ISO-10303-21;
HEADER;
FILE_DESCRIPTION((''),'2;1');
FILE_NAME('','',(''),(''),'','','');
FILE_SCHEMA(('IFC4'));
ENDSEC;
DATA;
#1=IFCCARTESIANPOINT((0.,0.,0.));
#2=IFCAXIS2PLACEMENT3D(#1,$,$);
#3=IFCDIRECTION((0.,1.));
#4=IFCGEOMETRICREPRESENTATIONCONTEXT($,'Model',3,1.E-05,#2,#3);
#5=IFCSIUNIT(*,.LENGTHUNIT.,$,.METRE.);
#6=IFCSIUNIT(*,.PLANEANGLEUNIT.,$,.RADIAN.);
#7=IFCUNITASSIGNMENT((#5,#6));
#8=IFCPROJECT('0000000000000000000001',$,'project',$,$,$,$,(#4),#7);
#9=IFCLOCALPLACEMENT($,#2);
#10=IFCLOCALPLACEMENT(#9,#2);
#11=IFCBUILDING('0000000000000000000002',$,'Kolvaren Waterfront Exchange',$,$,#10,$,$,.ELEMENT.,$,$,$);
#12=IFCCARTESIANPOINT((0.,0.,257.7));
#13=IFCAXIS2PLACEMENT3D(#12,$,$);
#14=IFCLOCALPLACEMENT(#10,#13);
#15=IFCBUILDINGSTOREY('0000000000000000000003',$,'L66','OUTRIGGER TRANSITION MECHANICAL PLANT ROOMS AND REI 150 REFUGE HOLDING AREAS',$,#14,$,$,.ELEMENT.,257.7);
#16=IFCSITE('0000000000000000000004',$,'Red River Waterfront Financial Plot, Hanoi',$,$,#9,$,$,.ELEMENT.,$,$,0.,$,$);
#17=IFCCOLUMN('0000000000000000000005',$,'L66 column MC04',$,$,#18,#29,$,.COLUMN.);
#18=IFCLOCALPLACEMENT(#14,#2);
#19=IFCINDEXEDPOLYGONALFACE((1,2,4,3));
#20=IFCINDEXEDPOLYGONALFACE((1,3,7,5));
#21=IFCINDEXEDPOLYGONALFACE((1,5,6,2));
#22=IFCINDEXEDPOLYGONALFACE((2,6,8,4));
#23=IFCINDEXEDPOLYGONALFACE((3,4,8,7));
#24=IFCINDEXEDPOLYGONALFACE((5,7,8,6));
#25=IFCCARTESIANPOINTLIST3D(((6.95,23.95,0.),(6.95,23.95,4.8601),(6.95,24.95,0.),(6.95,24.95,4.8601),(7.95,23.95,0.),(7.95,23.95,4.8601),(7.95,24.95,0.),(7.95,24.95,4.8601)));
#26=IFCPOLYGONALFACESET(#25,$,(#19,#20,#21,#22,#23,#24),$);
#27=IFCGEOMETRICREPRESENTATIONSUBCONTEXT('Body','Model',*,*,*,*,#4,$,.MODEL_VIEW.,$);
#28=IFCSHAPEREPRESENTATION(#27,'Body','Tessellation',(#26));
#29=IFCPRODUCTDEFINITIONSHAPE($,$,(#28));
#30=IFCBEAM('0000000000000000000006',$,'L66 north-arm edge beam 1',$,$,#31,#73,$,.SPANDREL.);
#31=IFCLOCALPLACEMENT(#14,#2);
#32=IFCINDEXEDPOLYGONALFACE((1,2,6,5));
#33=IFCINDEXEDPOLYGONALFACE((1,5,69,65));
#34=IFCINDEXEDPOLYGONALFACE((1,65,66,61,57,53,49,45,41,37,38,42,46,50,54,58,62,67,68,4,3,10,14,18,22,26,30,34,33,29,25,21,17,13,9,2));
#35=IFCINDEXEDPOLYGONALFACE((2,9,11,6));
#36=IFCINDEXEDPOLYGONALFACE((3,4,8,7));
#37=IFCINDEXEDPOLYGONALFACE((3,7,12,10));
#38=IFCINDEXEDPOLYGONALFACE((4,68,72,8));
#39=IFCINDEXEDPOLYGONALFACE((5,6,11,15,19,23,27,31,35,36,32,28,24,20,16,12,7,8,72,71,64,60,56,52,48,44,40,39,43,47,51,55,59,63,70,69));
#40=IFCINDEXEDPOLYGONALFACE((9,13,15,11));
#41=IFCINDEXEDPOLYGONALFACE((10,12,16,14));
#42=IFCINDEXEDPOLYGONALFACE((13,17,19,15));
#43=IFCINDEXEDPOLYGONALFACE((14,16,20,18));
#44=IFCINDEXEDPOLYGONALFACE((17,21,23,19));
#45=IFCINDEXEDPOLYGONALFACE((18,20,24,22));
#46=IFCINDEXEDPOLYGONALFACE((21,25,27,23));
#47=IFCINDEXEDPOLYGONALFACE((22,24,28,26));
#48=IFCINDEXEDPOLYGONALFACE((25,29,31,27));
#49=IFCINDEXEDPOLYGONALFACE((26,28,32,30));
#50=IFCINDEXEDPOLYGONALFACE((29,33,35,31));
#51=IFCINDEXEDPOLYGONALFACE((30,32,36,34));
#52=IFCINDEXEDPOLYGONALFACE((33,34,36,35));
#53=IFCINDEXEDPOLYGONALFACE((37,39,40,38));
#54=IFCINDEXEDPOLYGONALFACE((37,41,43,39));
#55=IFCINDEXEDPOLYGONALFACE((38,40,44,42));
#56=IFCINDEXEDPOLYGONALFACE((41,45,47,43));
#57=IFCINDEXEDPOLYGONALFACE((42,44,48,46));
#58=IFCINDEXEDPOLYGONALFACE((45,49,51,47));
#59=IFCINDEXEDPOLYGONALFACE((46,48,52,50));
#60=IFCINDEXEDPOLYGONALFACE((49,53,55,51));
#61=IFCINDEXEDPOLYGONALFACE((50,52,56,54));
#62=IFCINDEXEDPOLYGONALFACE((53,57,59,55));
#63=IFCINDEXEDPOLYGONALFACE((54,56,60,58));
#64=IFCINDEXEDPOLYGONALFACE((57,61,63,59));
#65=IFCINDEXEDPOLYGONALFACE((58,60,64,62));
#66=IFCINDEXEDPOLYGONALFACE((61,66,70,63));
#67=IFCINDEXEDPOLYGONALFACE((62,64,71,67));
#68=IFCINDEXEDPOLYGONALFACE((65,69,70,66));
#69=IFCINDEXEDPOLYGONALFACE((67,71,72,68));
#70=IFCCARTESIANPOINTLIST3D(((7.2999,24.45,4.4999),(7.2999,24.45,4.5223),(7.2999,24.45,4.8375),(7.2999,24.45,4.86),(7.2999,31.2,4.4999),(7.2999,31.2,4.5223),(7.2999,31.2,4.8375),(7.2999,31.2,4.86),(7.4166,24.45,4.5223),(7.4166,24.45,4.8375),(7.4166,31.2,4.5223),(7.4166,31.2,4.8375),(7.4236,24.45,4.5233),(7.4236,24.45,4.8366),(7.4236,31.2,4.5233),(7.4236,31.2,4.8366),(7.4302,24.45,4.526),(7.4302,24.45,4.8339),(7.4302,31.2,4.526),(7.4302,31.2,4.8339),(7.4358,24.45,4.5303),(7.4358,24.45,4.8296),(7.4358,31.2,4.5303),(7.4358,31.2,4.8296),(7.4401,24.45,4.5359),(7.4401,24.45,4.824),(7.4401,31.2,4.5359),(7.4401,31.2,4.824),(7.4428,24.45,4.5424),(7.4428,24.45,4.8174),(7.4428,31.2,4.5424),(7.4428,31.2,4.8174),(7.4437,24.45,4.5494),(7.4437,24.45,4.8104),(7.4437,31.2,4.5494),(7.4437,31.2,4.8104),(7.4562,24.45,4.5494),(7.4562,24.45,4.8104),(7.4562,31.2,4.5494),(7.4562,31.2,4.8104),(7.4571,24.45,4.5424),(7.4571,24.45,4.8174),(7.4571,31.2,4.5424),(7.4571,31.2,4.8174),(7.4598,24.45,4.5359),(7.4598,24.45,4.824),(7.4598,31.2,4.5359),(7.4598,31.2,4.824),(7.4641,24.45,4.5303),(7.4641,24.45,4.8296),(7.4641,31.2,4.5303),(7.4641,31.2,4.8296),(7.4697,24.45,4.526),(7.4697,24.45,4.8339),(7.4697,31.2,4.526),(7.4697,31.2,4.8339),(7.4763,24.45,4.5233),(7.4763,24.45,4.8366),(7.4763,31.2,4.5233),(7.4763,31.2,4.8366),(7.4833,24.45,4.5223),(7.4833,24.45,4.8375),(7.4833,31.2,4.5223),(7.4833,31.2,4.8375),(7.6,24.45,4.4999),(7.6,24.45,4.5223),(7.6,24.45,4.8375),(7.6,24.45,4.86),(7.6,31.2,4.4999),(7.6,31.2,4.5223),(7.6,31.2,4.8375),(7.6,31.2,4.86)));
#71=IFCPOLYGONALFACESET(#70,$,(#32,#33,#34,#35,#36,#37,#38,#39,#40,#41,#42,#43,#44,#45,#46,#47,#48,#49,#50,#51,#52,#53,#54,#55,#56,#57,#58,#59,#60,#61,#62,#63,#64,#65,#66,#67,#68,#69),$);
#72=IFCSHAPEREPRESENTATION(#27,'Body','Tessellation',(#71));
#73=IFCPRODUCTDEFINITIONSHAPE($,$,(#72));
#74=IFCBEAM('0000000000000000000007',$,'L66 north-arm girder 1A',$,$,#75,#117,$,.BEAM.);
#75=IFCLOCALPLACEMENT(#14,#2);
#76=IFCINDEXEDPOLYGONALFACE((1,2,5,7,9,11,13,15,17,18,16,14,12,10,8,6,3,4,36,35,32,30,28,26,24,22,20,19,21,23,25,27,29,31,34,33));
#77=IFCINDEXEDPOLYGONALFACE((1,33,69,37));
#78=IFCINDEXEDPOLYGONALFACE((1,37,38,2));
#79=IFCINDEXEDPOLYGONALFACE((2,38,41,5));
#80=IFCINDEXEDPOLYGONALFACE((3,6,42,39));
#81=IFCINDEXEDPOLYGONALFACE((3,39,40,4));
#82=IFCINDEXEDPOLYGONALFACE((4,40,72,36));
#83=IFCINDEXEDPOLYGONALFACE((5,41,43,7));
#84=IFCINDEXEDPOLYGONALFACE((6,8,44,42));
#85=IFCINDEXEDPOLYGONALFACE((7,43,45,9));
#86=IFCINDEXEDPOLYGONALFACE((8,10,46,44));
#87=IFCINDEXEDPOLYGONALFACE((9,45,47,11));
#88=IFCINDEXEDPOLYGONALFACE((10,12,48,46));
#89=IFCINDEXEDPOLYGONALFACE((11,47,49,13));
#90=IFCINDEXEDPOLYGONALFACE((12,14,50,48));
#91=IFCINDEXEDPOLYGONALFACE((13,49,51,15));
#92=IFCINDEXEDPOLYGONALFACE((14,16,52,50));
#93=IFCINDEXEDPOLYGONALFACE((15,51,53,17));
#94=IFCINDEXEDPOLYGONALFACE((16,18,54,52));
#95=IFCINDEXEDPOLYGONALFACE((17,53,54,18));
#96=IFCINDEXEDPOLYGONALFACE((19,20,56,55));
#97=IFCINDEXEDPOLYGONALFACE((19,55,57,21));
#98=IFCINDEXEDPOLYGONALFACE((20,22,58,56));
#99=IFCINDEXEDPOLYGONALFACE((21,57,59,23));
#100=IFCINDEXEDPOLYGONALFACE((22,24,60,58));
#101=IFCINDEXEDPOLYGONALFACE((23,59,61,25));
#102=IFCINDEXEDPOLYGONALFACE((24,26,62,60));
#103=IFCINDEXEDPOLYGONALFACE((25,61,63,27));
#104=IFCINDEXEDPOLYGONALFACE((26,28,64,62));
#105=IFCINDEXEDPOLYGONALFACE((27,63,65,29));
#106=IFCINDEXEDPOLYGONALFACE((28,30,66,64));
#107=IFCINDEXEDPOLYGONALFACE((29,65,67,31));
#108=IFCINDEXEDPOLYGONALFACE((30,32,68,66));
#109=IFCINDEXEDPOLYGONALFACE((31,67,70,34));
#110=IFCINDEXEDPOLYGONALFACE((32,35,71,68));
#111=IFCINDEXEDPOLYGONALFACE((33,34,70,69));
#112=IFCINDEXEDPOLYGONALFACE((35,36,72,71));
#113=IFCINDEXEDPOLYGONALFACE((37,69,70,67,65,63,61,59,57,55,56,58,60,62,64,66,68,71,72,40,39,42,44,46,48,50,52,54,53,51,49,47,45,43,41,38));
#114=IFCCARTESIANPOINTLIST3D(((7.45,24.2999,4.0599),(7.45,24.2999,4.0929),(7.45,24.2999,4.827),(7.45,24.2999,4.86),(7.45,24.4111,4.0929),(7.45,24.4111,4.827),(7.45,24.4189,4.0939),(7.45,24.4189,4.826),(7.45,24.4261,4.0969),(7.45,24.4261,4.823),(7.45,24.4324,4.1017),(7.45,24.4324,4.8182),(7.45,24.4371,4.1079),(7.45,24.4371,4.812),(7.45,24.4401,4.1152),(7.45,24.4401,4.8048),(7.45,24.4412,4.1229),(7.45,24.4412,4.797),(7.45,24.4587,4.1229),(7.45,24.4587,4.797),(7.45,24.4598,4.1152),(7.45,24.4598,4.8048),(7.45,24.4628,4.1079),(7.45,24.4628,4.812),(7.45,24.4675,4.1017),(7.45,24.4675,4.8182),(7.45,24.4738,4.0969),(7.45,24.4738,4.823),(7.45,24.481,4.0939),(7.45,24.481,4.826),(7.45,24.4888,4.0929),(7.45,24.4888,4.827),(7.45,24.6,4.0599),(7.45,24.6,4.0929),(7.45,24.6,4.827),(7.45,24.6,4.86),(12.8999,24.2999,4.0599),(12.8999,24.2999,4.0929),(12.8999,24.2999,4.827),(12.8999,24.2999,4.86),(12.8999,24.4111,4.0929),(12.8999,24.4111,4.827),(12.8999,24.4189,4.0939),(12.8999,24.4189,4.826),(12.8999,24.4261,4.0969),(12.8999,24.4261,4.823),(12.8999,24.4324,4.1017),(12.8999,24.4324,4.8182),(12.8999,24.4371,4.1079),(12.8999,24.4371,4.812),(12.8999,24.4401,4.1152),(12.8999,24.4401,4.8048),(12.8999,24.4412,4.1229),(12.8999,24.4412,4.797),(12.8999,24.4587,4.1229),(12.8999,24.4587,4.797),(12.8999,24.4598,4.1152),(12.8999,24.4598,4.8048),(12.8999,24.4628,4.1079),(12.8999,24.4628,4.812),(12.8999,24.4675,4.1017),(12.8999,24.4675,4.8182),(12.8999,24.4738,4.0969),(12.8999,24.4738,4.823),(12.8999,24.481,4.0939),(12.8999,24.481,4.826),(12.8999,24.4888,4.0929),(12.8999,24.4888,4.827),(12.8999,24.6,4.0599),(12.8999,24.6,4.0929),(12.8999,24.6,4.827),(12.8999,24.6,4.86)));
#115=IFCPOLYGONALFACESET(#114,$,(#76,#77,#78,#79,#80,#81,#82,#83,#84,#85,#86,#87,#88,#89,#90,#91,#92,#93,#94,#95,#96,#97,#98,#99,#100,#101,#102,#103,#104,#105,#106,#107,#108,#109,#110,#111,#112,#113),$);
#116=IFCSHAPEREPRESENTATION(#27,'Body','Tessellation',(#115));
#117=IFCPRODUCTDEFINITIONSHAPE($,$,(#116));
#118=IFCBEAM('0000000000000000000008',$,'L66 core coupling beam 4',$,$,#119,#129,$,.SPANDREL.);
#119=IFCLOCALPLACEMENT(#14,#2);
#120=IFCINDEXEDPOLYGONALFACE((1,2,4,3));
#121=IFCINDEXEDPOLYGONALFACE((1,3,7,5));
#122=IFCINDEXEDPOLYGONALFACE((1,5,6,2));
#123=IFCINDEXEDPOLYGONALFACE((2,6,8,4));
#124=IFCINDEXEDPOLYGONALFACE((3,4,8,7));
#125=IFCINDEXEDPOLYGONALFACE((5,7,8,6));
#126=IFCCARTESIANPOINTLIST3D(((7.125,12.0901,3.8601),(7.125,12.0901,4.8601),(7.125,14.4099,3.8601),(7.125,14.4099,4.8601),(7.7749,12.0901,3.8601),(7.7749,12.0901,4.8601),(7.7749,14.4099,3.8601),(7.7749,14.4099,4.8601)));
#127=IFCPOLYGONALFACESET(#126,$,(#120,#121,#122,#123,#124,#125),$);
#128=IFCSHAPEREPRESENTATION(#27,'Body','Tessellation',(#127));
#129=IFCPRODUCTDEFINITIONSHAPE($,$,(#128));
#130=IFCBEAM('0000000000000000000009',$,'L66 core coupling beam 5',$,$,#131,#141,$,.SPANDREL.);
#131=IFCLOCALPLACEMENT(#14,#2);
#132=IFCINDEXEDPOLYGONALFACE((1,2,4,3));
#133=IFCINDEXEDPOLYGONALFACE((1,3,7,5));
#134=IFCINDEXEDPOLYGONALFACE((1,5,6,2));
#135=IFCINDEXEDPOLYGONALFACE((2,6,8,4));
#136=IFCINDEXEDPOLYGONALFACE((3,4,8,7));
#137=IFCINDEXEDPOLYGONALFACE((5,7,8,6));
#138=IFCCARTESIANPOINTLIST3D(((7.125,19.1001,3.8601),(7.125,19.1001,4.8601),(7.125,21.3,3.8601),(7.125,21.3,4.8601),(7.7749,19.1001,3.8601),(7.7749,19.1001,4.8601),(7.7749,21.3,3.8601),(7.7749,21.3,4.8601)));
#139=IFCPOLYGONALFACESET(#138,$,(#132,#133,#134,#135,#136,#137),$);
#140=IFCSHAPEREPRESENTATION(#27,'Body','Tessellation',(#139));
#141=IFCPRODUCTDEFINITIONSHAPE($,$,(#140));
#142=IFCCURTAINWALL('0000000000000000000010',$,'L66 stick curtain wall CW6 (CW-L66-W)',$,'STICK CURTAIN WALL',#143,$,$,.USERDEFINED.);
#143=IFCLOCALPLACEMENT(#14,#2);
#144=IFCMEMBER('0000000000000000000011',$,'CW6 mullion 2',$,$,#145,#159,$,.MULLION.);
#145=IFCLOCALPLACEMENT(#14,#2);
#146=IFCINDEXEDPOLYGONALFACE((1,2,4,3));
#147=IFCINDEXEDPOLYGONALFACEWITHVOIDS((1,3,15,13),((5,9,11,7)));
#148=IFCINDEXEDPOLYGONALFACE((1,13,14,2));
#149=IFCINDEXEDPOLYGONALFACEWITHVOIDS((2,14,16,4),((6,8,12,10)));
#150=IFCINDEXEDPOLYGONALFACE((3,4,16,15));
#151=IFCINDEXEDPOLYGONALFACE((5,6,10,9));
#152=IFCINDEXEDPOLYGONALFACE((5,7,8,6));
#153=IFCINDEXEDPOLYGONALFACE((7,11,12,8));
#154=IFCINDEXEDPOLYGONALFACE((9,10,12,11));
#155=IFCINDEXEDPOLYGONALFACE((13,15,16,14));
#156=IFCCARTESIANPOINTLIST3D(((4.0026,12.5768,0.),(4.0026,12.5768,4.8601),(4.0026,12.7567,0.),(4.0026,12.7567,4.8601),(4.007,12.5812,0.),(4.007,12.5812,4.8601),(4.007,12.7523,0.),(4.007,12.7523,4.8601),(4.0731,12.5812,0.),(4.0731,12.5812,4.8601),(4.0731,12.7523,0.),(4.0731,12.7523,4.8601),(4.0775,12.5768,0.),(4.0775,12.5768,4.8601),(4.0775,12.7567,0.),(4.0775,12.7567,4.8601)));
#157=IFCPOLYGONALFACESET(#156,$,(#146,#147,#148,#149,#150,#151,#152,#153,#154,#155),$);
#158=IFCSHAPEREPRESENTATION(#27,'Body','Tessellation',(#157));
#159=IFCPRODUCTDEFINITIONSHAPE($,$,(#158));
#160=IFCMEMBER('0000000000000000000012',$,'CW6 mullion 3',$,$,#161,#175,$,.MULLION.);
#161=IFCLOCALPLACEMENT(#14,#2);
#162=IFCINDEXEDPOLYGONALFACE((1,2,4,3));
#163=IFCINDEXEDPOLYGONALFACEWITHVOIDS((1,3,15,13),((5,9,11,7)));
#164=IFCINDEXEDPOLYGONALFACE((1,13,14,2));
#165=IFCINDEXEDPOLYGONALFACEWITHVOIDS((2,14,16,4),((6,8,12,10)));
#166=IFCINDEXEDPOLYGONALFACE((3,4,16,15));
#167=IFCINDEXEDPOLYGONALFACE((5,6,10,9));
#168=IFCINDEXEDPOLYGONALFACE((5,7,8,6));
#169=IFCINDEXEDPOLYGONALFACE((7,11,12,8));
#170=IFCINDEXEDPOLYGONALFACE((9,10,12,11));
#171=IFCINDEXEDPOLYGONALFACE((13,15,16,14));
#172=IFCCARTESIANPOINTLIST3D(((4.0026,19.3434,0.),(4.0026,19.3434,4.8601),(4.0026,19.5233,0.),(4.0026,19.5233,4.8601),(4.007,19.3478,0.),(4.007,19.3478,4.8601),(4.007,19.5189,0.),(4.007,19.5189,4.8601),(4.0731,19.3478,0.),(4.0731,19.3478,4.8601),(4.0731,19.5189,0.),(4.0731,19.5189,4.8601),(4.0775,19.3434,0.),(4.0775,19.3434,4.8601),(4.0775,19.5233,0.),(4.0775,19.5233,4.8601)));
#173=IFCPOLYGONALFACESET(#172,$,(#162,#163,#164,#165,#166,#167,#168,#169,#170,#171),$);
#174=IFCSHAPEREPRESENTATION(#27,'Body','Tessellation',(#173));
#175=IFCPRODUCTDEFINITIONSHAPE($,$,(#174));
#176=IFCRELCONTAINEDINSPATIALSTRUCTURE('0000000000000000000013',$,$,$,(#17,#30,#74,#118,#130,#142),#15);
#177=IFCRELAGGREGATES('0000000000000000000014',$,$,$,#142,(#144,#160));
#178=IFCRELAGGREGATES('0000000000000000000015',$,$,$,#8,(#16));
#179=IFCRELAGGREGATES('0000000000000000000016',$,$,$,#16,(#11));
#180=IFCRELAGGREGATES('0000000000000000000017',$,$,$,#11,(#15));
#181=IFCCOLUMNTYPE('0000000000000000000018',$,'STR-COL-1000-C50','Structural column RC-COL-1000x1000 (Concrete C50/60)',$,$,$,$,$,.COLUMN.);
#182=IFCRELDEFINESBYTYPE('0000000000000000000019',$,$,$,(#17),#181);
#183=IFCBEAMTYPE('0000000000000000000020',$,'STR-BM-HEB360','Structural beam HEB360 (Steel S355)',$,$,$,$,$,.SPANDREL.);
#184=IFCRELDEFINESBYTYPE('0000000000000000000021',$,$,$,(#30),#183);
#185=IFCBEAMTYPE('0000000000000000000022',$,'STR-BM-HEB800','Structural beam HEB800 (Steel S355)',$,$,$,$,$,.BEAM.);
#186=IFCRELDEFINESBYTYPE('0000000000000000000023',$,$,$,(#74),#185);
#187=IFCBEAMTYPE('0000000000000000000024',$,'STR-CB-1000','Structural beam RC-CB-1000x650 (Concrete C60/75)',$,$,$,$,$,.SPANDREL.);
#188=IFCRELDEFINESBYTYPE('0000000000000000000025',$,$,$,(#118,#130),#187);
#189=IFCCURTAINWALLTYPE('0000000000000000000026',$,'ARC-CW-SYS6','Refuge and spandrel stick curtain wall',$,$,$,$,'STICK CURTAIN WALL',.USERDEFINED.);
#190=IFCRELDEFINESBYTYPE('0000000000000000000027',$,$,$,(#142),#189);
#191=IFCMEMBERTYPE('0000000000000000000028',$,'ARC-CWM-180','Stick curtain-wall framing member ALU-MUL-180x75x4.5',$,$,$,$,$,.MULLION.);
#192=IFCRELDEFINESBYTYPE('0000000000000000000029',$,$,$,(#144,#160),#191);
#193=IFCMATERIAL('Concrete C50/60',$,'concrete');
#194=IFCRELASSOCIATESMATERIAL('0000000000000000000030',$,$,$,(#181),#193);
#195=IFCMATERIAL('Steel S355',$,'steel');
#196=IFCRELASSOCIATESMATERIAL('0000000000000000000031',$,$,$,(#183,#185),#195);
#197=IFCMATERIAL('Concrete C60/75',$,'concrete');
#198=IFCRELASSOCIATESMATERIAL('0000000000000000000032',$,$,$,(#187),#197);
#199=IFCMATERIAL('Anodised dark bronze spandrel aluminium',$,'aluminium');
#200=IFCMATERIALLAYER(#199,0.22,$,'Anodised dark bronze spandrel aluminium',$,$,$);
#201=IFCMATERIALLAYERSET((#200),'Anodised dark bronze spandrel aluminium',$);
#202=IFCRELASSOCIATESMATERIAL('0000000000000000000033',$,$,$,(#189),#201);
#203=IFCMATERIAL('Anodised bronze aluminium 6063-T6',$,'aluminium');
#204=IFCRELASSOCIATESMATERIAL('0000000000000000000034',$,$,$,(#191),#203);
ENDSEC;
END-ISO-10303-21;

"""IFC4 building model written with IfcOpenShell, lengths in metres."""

from ifc_helpers import new_model, si_unit, direction, frame, origin, origin_with_axes, origin_2d, place, context, subcontext, project, spatial, rectangle, hollow_rectangle, i_section, extrude, source, transform, mapped, material, layer, layer_set, material_profile, profile_set, type_object, element, aggregate, save


model = new_model("IFC4")

# Units and contexts
model_context = context("Model", 3, precision=1e-05, world=origin(), true_north=direction((0.0, 1.0)))
body_context = subcontext(model_context, "Body", "Model", "MODEL_VIEW")
ifc_project = project(units=[si_unit("LENGTHUNIT", "METRE"), si_unit("PLANEANGLEUNIT", "RADIAN")], contexts=[model_context])

# Site, building, storey
site_placement = place(None, origin())
site = spatial("IfcSite", under=ifc_project, at=site_placement, Name="Red River Waterfront Financial Plot, Hanoi", CompositionType="ELEMENT", RefElevation=0.0)
building_placement = place(site_placement, origin())
building = spatial("IfcBuilding", under=site, at=building_placement, Name="Kolvaren Waterfront Exchange", CompositionType="ELEMENT")
storey_placement = place(building_placement, frame((0.0, 0.0, 257.7)))
storey = spatial("IfcBuildingStorey", under=building, at=storey_placement, Name="L66", Description="OUTRIGGER TRANSITION MECHANICAL PLANT ROOMS AND REI 150 REFUGE HOLDING AREAS", CompositionType="ELEMENT", Elevation=257.7)

# Column
ifc_material_1 = material(Name="Concrete C50/60", Category="concrete")
ifc_material_profile_1 = material_profile(ifc_material_1, rectangle(XDim=1.0, YDim=1.0, at=origin_2d()), Name="RC-COL-1000x1000")
ifc_profile_set_1 = profile_set([ifc_material_profile_1], Name="Concrete C50/60")
column_type = type_object("IfcColumnType", Name="STR-COL-1000-C50", Description="Structural column RC-COL-1000x1000 (Concrete C50/60)", PredefinedType="COLUMN", material=ifc_profile_set_1)
column_placement = place(storey_placement, frame((7.45, 24.45, 0.0), z_axis=(0.0, 0.0, 1.0), x_axis=(1.0, 0.0, 0.0)))
element("IfcColumn", 1, at=column_placement, inside=storey, type_object=column_type, Name="L66 column MC04", PredefinedType="COLUMN", context=body_context, shape_type="SweptSolid", body=[
    extrude(rectangle(XDim=1.0, YDim=1.0, at=origin_2d()), origin(), (0.0, 0.0, 1.0), 4.8601),
])

# Beams
ifc_material_2 = material(Name="Steel S355", Category="steel")
ifc_material_profile_2 = material_profile(ifc_material_2, i_section(OverallWidth=0.3, OverallDepth=0.3601, WebThickness=0.0125, FlangeThickness=0.0225, FilletRadius=0.0271, at=origin_2d()), Name="HEB360")
ifc_profile_set_2 = profile_set([ifc_material_profile_2], Name="Steel S355")
beam_type_1 = type_object("IfcBeamType", Name="STR-BM-HEB360", Description="Structural beam HEB360 (Steel S355)", PredefinedType="SPANDREL", material=ifc_profile_set_2)
beam_1_placement = place(storey_placement, frame((7.45, 24.45, 4.6799), z_axis=(0.0, 1.0, 0.0), x_axis=(-1.0, 0.0, 0.0)))
element("IfcBeam", 2, at=beam_1_placement, inside=storey, type_object=beam_type_1, Name="L66 north-arm edge beam 1", PredefinedType="SPANDREL", context=body_context, shape_type="SweptSolid", body=[
    extrude(i_section(OverallWidth=0.3, OverallDepth=0.3601, WebThickness=0.0125, FlangeThickness=0.0225, FilletRadius=0.0271, at=origin_2d()), origin(), (0.0, 0.0, 1.0), 6.75),
])
ifc_material_profile_3 = material_profile(ifc_material_2, i_section(OverallWidth=0.3, OverallDepth=0.8, WebThickness=0.0176, FlangeThickness=0.033, FilletRadius=0.03, at=origin_2d()), Name="HEB800")
ifc_profile_set_3 = profile_set([ifc_material_profile_3], Name="Steel S355")
beam_type_2 = type_object("IfcBeamType", Name="STR-BM-HEB800", Description="Structural beam HEB800 (Steel S355)", PredefinedType="BEAM", material=ifc_profile_set_3)
beam_2_placement = place(storey_placement, frame((7.45, 24.45, 4.46), z_axis=(1.0, 0.0, 0.0), x_axis=(0.0, 1.0, 0.0)))
element("IfcBeam", 3, at=beam_2_placement, inside=storey, type_object=beam_type_2, Name="L66 north-arm girder 1A", PredefinedType="BEAM", context=body_context, shape_type="SweptSolid", body=[
    extrude(i_section(OverallWidth=0.3, OverallDepth=0.8, WebThickness=0.0176, FlangeThickness=0.033, FilletRadius=0.03, at=origin_2d()), origin(), (0.0, 0.0, 1.0), 5.45),
])
ifc_material_3 = material(Name="Concrete C60/75", Category="concrete")
ifc_material_profile_4 = material_profile(ifc_material_3, rectangle(XDim=0.6499, YDim=1.0, at=origin_2d()), Name="RC-CB-1000x650")
ifc_profile_set_4 = profile_set([ifc_material_profile_4], Name="Concrete C60/75")
beam_type_3 = type_object("IfcBeamType", Name="STR-CB-1000", Description="Structural beam RC-CB-1000x650 (Concrete C60/75)", PredefinedType="SPANDREL", material=ifc_profile_set_4)
beam_3_placement = place(storey_placement, frame((7.45, 12.0901, 4.3601), z_axis=(0.0, 1.0, 0.0), x_axis=(-1.0, 0.0, 0.0)))
element("IfcBeam", 4, at=beam_3_placement, inside=storey, type_object=beam_type_3, Name="L66 core coupling beam 4", PredefinedType="SPANDREL", context=body_context, shape_type="SweptSolid", body=[
    extrude(rectangle(XDim=0.6499, YDim=1.0, at=origin_2d()), origin(), (0.0, 0.0, 1.0), 2.3198),
])
beam_4_placement = place(storey_placement, frame((7.45, 19.1001, 4.3601), z_axis=(0.0, 1.0, 0.0), x_axis=(-1.0, 0.0, 0.0)))
element("IfcBeam", 5, at=beam_4_placement, inside=storey, type_object=beam_type_3, Name="L66 core coupling beam 5", PredefinedType="SPANDREL", context=body_context, shape_type="SweptSolid", body=[
    extrude(rectangle(XDim=0.6499, YDim=1.0, at=origin_2d()), origin(), (0.0, 0.0, 1.0), 2.2),
])

# Curtain wall, members
ifc_material_4 = material(Name="Anodised dark bronze spandrel aluminium", Category="aluminium")
ifc_layer_1 = layer(ifc_material_4, 0.22, Name="Anodised dark bronze spandrel aluminium")
ifc_layer_set_1 = layer_set([ifc_layer_1], Name="Anodised dark bronze spandrel aluminium")
curtain_wall_type = type_object("IfcCurtainWallType", Name="ARC-CW-SYS6", Description="Refuge and spandrel stick curtain wall", ElementType="STICK CURTAIN WALL", PredefinedType="USERDEFINED", material=ifc_layer_set_1)
curtain_wall_placement = place(storey_placement, origin())
curtain_wall = element("IfcCurtainWall", 6, at=curtain_wall_placement, inside=storey, type_object=curtain_wall_type, Name="L66 stick curtain wall CW6 (CW-L66-W)", ObjectType="STICK CURTAIN WALL", PredefinedType="USERDEFINED")
ifc_material_5 = material(Name="Anodised bronze aluminium 6063-T6", Category="aluminium")
ifc_material_profile_5 = material_profile(ifc_material_5, hollow_rectangle(XDim=0.075, YDim=0.1799, WallThickness=0.0044, at=origin_2d()), Name="ALU-MUL-180x75x4.5")
ifc_profile_set_5 = profile_set([ifc_material_profile_5], Name="Anodised bronze aluminium 6063-T6")
member_type_1 = type_object("IfcMemberType", Name="ARC-CWM-180", Description="Stick curtain-wall framing member ALU-MUL-180x75x4.5", PredefinedType="MULLION", material=ifc_profile_set_5)
shared_shape_1 = source(origin_with_axes(), body_context, "Body", "SweptSolid", [
    extrude(hollow_rectangle(XDim=0.075, YDim=0.1799, WallThickness=0.0044, at=origin_2d()), origin(), (0.0, 0.0, 1.0), 4.8601),
])
member_1_placement = place(storey_placement, frame((4.04, 12.6667, 0.0), z_axis=(0.0, 0.0, 1.0), x_axis=(-1.0, 0.0, 0.0)))
member_1 = element("IfcMember", 7, at=member_1_placement, type_object=member_type_1, Name="CW6 mullion 2", PredefinedType="MULLION", context=body_context, shape_type="MappedRepresentation", body=[
    mapped(shared_shape_1, transform((0.0, 0.0, 0.0), x_axis=(1.0, 0.0, 0.0), y_axis=(0.0, 1.0, 0.0), z_axis=(0.0, 0.0, 1.0), scale=1.0)),
])
member_2_placement = place(storey_placement, frame((4.04, 19.4333, 0.0), z_axis=(0.0, 0.0, 1.0), x_axis=(-1.0, 0.0, 0.0)))
member_2 = element("IfcMember", 8, at=member_2_placement, type_object=member_type_1, Name="CW6 mullion 3", PredefinedType="MULLION", context=body_context, shape_type="MappedRepresentation", body=[
    mapped(shared_shape_1, transform((0.0, 0.0, 0.0), x_axis=(1.0, 0.0, 0.0), y_axis=(0.0, 1.0, 0.0), z_axis=(0.0, 0.0, 1.0), scale=1.0)),
])
aggregate(curtain_wall, [member_1, member_2])

save(model, "model.ifc")
